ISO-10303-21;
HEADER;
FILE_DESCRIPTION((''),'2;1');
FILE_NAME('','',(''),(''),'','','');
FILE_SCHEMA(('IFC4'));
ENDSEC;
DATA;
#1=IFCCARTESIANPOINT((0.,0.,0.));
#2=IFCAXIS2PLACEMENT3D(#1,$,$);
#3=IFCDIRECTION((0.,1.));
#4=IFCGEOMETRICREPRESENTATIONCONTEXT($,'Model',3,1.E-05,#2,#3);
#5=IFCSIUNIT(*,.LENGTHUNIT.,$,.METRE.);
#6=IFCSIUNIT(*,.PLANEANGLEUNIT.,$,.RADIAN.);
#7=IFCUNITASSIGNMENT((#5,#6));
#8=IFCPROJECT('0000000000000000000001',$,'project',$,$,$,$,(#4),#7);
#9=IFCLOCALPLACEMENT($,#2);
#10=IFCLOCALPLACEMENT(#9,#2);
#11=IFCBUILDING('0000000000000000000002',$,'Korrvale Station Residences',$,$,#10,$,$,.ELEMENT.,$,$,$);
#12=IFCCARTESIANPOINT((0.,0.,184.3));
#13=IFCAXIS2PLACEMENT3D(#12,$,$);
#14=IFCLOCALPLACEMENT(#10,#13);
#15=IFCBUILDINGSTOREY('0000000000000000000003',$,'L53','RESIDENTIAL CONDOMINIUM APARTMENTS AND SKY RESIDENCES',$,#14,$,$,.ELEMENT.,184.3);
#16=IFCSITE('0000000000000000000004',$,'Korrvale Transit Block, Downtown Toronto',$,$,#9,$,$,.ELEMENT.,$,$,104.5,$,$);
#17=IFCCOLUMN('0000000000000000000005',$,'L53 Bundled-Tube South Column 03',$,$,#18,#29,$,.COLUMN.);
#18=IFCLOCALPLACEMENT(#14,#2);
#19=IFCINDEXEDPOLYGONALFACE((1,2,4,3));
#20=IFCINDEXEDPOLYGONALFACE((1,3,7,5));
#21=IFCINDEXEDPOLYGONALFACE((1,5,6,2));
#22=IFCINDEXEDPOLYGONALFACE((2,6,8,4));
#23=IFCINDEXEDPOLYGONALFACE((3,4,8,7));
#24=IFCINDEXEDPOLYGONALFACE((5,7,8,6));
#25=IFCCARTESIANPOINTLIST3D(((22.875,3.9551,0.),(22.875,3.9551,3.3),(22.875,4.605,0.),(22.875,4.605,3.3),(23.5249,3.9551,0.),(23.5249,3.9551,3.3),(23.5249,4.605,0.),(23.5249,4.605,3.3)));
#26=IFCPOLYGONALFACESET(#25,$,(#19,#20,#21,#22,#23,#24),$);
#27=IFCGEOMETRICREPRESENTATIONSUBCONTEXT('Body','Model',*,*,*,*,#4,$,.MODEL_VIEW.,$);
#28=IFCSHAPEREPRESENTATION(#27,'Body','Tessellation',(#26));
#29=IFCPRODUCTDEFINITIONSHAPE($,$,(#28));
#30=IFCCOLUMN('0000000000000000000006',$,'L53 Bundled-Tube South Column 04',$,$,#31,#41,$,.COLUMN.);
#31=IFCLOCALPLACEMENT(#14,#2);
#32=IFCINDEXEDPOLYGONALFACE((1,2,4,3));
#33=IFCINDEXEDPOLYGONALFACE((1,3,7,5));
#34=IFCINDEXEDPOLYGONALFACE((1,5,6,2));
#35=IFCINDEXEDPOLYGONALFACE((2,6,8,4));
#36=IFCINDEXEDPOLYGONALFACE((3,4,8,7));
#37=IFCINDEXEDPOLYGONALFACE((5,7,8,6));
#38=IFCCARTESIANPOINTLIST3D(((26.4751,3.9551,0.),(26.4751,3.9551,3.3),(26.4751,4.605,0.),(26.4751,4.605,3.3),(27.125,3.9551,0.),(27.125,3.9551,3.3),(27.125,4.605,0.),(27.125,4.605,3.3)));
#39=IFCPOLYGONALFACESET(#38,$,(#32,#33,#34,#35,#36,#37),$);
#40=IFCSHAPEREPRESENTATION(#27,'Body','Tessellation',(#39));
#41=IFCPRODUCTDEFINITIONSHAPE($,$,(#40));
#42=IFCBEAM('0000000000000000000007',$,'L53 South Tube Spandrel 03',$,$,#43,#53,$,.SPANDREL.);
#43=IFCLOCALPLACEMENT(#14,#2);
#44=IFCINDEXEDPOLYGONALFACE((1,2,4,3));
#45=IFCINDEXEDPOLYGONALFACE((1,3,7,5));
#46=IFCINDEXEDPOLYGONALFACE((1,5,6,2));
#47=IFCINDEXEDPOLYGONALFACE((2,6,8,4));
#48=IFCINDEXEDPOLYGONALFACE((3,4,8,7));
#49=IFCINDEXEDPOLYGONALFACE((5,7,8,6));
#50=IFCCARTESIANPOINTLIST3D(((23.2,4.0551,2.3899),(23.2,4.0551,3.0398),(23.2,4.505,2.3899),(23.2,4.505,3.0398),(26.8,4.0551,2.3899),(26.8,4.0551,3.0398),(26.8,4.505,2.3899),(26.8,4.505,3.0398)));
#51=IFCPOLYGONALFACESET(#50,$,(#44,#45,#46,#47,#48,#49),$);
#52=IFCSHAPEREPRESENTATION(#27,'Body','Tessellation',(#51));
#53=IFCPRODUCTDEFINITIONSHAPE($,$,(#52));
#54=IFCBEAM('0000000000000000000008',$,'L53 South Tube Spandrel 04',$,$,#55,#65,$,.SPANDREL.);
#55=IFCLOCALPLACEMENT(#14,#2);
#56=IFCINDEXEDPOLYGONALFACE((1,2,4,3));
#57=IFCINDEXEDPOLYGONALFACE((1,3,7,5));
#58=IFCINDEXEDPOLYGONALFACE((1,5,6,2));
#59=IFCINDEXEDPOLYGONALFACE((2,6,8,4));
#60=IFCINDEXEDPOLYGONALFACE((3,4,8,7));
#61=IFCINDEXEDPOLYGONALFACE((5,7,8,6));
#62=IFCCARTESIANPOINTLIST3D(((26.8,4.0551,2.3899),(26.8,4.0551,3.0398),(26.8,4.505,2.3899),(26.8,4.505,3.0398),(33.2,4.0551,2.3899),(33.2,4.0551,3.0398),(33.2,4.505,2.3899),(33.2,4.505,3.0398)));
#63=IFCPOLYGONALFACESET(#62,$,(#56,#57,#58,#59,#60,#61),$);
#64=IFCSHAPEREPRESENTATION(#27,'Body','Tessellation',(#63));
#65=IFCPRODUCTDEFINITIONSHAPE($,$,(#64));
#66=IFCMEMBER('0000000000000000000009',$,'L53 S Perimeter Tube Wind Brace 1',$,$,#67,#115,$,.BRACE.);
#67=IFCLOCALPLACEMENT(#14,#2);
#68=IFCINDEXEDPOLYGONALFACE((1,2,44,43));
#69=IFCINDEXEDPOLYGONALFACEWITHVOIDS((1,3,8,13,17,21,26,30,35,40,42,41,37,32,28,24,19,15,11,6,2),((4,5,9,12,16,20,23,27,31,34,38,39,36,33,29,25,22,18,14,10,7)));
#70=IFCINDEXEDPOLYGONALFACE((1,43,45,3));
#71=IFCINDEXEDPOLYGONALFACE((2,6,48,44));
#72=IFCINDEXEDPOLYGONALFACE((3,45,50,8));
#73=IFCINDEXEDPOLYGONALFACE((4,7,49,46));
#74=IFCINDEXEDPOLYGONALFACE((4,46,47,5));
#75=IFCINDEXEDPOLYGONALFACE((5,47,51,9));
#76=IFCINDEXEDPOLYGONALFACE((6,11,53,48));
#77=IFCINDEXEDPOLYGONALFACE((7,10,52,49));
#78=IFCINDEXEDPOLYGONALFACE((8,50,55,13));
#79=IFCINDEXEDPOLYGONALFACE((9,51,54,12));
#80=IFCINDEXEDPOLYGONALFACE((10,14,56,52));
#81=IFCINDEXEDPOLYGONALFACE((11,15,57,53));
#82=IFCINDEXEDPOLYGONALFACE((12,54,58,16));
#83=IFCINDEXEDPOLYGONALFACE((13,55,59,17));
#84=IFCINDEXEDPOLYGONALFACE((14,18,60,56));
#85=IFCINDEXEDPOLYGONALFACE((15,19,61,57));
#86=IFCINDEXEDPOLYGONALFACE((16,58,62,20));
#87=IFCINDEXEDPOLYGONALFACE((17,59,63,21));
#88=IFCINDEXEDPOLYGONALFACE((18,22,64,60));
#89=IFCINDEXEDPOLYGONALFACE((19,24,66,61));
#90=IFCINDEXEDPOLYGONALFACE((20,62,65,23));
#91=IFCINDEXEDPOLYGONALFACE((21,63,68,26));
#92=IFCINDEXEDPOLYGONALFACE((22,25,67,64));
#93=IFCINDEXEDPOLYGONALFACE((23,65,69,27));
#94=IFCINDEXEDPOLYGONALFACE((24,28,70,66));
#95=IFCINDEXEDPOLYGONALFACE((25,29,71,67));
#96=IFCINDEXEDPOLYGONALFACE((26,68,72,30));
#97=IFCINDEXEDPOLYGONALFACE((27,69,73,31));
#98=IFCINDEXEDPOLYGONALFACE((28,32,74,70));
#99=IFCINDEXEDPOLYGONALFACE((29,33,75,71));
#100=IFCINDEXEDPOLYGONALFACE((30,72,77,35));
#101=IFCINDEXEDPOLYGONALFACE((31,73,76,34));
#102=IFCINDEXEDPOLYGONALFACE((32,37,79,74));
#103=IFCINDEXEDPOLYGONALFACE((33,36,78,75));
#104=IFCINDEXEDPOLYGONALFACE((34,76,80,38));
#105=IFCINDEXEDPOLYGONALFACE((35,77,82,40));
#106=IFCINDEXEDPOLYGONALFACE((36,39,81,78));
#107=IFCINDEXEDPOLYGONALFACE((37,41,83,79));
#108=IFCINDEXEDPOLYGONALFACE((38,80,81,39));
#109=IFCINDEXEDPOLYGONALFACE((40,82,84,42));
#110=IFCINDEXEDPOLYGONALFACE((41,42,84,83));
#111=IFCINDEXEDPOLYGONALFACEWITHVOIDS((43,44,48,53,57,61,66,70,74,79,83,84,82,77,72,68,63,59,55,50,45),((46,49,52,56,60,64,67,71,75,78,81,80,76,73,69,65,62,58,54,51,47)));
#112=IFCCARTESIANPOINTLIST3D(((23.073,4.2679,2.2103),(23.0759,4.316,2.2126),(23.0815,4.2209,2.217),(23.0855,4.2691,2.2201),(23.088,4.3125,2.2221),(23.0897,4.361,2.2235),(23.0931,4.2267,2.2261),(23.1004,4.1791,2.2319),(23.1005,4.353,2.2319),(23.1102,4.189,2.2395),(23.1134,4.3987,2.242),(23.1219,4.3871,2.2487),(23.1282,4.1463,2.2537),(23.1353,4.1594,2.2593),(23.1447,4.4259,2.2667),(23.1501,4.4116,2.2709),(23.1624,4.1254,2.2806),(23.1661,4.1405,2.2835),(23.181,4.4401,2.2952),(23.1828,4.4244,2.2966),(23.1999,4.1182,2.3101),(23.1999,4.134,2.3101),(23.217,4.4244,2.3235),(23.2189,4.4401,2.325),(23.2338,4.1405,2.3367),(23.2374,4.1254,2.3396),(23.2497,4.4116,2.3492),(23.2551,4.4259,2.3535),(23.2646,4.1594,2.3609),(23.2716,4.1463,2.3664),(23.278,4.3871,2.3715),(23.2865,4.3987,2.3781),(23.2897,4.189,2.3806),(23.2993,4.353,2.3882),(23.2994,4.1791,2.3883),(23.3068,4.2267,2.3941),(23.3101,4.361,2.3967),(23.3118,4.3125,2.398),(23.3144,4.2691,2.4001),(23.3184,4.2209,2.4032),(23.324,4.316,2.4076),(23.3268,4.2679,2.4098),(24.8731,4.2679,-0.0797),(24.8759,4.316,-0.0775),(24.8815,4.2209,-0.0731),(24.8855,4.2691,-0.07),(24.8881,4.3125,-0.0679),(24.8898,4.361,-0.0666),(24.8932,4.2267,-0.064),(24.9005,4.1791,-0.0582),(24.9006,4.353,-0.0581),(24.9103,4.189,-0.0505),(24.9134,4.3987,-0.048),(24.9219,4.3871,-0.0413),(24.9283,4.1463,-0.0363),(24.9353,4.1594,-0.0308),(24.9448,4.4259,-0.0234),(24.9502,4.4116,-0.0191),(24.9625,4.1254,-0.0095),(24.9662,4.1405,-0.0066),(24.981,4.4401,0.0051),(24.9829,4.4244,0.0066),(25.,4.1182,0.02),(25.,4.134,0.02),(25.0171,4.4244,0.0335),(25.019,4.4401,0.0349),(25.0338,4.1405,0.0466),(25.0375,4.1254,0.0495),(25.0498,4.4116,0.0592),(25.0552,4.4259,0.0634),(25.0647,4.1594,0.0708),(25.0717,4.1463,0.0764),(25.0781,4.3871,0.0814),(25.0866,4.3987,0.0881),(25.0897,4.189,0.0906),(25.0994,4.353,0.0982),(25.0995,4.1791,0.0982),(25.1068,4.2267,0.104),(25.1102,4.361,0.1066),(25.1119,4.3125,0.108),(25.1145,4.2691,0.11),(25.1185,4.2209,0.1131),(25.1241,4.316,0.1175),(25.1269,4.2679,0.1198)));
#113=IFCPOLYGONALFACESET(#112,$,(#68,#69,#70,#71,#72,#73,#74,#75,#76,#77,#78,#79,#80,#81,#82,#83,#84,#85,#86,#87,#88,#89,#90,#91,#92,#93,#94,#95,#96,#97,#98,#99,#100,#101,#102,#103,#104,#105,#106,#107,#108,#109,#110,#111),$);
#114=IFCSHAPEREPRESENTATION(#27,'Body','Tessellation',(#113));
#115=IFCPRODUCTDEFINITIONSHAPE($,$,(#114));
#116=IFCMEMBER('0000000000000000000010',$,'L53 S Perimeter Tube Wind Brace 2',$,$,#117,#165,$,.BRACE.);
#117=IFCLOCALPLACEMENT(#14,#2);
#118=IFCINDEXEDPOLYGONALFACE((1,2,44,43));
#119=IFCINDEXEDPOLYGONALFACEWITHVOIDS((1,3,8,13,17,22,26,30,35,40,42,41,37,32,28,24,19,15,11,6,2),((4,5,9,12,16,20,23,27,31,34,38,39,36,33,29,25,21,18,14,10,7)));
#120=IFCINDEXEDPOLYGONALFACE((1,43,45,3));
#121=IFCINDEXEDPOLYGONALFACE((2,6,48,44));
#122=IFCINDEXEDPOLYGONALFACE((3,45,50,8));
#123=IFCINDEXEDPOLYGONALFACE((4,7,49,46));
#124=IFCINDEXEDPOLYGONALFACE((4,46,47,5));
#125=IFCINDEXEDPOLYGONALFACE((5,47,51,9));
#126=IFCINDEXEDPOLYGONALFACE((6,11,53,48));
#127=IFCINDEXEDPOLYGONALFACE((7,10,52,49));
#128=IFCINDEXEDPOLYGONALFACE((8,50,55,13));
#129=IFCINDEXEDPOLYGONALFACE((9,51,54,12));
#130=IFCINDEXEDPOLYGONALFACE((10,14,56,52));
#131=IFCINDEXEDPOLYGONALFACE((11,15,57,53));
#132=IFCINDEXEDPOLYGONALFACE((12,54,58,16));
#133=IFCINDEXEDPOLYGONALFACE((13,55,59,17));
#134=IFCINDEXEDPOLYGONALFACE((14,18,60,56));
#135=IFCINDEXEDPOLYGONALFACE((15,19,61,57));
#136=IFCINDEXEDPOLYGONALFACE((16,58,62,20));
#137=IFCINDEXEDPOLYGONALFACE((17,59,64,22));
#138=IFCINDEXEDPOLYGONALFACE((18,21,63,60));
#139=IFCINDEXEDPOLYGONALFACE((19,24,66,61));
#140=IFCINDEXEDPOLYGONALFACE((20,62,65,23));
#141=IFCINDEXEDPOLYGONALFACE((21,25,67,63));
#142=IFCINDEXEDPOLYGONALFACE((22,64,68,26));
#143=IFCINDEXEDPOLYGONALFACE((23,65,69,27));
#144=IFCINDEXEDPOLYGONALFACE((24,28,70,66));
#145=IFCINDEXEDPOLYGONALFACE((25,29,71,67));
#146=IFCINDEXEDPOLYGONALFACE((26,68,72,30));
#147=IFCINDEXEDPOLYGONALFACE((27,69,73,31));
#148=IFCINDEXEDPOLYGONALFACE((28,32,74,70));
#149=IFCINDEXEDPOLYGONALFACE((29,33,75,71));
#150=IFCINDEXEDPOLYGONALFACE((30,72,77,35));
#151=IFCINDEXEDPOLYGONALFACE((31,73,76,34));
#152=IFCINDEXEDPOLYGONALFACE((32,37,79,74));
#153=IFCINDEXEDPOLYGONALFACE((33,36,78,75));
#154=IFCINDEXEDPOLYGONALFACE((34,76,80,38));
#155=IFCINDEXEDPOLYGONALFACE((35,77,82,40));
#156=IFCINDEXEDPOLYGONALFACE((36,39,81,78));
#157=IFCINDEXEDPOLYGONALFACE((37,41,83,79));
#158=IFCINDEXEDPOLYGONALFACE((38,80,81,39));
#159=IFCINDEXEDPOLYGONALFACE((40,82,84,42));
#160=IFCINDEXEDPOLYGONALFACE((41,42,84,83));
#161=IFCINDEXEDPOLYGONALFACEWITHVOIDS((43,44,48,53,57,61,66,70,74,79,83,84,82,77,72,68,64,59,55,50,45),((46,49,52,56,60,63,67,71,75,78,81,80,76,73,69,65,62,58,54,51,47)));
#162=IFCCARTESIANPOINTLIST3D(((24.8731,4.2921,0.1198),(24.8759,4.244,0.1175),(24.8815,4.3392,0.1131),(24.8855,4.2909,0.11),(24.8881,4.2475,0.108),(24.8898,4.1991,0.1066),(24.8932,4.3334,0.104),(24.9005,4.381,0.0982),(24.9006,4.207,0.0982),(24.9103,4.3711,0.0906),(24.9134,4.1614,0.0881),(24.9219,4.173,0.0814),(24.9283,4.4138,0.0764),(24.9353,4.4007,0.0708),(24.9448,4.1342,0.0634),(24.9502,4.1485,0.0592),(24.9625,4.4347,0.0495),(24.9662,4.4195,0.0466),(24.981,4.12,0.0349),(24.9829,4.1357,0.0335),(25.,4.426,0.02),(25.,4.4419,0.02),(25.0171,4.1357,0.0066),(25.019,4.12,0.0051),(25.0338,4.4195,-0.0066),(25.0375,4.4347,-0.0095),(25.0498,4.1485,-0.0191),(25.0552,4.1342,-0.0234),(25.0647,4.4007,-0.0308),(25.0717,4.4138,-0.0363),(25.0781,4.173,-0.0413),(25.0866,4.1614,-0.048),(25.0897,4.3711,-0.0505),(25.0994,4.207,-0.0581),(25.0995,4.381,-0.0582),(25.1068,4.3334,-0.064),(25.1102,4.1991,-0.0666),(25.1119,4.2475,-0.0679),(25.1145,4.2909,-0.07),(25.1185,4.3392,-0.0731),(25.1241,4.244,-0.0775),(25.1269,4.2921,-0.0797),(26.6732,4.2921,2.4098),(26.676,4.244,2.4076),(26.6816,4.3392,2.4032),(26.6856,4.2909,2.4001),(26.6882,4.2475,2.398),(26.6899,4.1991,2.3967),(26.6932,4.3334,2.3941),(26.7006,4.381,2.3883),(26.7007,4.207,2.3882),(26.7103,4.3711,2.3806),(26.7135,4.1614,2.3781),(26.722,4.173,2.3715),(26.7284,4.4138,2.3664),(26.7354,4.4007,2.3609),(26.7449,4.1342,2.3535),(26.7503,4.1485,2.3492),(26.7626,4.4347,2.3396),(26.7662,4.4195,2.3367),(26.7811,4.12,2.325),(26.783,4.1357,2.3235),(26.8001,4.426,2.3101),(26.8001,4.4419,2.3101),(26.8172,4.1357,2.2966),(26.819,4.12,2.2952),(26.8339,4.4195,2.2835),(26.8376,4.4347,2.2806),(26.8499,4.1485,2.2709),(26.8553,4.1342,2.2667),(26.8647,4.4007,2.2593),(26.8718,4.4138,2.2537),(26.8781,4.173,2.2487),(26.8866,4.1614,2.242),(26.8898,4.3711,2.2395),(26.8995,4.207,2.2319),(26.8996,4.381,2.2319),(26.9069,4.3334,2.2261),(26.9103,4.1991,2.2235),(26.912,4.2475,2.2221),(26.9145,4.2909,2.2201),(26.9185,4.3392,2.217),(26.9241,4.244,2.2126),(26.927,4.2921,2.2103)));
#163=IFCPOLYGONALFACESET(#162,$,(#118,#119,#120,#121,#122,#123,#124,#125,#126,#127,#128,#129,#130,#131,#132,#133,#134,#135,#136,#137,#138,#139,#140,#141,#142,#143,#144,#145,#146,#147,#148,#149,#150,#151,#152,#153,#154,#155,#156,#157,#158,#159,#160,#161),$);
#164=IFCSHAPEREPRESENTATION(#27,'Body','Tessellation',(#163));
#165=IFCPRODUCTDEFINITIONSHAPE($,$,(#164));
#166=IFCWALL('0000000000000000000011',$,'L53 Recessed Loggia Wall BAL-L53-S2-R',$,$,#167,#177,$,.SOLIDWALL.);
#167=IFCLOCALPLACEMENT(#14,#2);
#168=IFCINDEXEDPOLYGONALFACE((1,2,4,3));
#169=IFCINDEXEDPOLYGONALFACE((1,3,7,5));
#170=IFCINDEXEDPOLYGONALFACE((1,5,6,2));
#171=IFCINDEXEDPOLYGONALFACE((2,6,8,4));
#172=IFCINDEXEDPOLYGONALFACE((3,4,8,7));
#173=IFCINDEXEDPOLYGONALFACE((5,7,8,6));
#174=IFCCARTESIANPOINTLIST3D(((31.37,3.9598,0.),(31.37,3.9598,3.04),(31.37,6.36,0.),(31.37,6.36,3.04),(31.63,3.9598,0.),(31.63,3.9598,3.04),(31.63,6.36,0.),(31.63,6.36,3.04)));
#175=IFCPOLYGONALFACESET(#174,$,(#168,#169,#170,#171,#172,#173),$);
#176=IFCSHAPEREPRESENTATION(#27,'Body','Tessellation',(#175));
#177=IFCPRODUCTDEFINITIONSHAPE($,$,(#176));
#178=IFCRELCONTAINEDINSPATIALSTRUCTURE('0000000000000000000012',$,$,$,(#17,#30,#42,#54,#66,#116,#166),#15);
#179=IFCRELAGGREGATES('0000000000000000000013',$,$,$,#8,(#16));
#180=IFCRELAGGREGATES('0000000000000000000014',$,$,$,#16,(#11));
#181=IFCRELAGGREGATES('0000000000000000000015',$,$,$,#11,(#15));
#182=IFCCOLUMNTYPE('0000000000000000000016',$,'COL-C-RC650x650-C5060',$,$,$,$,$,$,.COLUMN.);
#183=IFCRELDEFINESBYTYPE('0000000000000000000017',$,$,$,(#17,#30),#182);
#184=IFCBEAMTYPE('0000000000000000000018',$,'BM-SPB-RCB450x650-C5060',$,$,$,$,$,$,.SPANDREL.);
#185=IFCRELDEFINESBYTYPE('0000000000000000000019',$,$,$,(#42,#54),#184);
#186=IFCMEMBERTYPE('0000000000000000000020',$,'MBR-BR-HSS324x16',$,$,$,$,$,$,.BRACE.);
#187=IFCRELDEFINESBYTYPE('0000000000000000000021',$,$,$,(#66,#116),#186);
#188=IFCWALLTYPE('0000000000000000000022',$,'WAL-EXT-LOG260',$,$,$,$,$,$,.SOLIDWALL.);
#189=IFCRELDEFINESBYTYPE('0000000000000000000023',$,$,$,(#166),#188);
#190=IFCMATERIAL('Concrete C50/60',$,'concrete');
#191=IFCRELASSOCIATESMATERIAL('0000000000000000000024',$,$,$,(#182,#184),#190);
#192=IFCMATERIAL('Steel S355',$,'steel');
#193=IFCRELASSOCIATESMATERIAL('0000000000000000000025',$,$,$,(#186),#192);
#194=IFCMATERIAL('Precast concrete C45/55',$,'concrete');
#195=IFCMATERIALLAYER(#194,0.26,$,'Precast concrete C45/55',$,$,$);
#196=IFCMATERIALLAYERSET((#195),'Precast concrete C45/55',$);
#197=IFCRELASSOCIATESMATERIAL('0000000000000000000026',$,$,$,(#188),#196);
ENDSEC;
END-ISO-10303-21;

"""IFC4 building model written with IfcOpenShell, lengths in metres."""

from ifc_helpers import new_model, si_unit, direction, frame, frame_2d, origin, origin_2d, place, context, subcontext, project, spatial, rectangle, hollow_circle, extrude, material, layer, layer_set, material_profile, profile_set, type_object, element, save


model = new_model("IFC4")

# Units and contexts
model_context = context("Model", 3, precision=1e-05, world=origin(), true_north=direction((0.0, 1.0)))
body_context = subcontext(model_context, "Body", "Model", "MODEL_VIEW")
ifc_project = project(units=[si_unit("LENGTHUNIT", "METRE"), si_unit("PLANEANGLEUNIT", "RADIAN")], contexts=[model_context])

# Site, building, storey
site_placement = place(None, origin())
site = spatial("IfcSite", under=ifc_project, at=site_placement, Name="Korrvale Transit Block, Downtown Toronto", CompositionType="ELEMENT", RefElevation=104.5)
building_placement = place(site_placement, origin())
building = spatial("IfcBuilding", under=site, at=building_placement, Name="Korrvale Station Residences", CompositionType="ELEMENT")
storey_placement = place(building_placement, frame((0.0, 0.0, 184.3)))
storey = spatial("IfcBuildingStorey", under=building, at=storey_placement, Name="L53", Description="RESIDENTIAL CONDOMINIUM APARTMENTS AND SKY RESIDENCES", CompositionType="ELEMENT", Elevation=184.3)

# Columns
ifc_material_1 = material(Name="Concrete C50/60", Category="concrete")
ifc_material_profile_1 = material_profile(ifc_material_1, rectangle(XDim=0.6499, YDim=0.6499, at=origin_2d()), Name="RC650x650")
ifc_profile_set_1 = profile_set([ifc_material_profile_1], Name="Concrete C50/60")
column_type = type_object("IfcColumnType", Name="COL-C-RC650x650-C5060", PredefinedType="COLUMN", material=ifc_profile_set_1)
for number, where, z_axis, x_axis, name in (
    (1, (23.2, 4.28, 0.0), (0.0, 0.0, 1.0), (1.0, 0.0, 0.0), "L53 Bundled-Tube South Column 03"),
    (2, (26.8, 4.28, 0.0), (0.0, 0.0, 1.0), (1.0, 0.0, 0.0), "L53 Bundled-Tube South Column 04"),
):
    element("IfcColumn", number, at=place(storey_placement, frame(where, z_axis=z_axis, x_axis=x_axis)), inside=storey, type_object=column_type, Name=name, PredefinedType="COLUMN", context=body_context, shape_type="SweptSolid", body=[
        extrude(rectangle(XDim=0.6499, YDim=0.6499, at=origin_2d()), origin(), (0.0, 0.0, 1.0), 3.3),
    ])

# Beams
ifc_material_profile_2 = material_profile(ifc_material_1, rectangle(XDim=0.45, YDim=0.6499, at=origin_2d()), Name="RCB450x650")
ifc_profile_set_2 = profile_set([ifc_material_profile_2], Name="Concrete C50/60")
beam_type = type_object("IfcBeamType", Name="BM-SPB-RCB450x650-C5060", PredefinedType="SPANDREL", material=ifc_profile_set_2)
beam_1_placement = place(storey_placement, frame((23.2, 4.28, 2.7148), z_axis=(1.0, 0.0, 0.0), x_axis=(0.0, 1.0, 0.0)))
element("IfcBeam", 3, at=beam_1_placement, inside=storey, type_object=beam_type, Name="L53 South Tube Spandrel 03", PredefinedType="SPANDREL", context=body_context, shape_type="SweptSolid", body=[
    extrude(rectangle(XDim=0.45, YDim=0.6499, at=origin_2d()), origin(), (0.0, 0.0, 1.0), 3.6001),
])
beam_2_placement = place(storey_placement, frame((26.8, 4.28, 2.7148), z_axis=(1.0, 0.0, 0.0), x_axis=(0.0, 1.0, 0.0)))
element("IfcBeam", 4, at=beam_2_placement, inside=storey, type_object=beam_type, Name="L53 South Tube Spandrel 04", PredefinedType="SPANDREL", context=body_context, shape_type="SweptSolid", body=[
    extrude(rectangle(XDim=0.45, YDim=0.6499, at=origin_2d()), origin(), (0.0, 0.0, 1.0), 6.3999),
])

# Members
ifc_material_2 = material(Name="Steel S355", Category="steel")
ifc_material_profile_3 = material_profile(ifc_material_2, hollow_circle(Radius=0.1619, WallThickness=0.0159, at=origin_2d()), Name="HSS324x16")
ifc_profile_set_3 = profile_set([ifc_material_profile_3], Name="Steel S355")
member_type = type_object("IfcMemberType", Name="MBR-BR-HSS324x16", PredefinedType="BRACE", material=ifc_profile_set_3)
for number, where, z_axis, x_axis, name in (
    (5, (25.0, 4.28, 0.02), (-0.617977, 0.0, 0.786196), (0.0, -1.0, 0.0), "L53 S Perimeter Tube Wind Brace 1"),
    (6, (25.0, 4.28, 0.02), (0.617977, 0.0, 0.786196), (0.0, 1.0, 0.0), "L53 S Perimeter Tube Wind Brace 2"),
):
    element("IfcMember", number, at=place(storey_placement, frame(where, z_axis=z_axis, x_axis=x_axis)), inside=storey, type_object=member_type, Name=name, PredefinedType="BRACE", context=body_context, shape_type="SweptSolid", body=[
        extrude(hollow_circle(Radius=0.1619, WallThickness=0.0159, at=origin_2d()), origin(), (0.0, 0.0, 1.0), 2.9128),
    ])

# Wall
ifc_material_3 = material(Name="Precast concrete C45/55", Category="concrete")
ifc_layer_1 = layer(ifc_material_3, 0.26, Name="Precast concrete C45/55")
ifc_layer_set_1 = layer_set([ifc_layer_1], Name="Precast concrete C45/55")
wall_type_1 = type_object("IfcWallType", Name="WAL-EXT-LOG260", PredefinedType="SOLIDWALL", material=ifc_layer_set_1)
wall_1_placement = place(storey_placement, frame((31.5, 6.3601, 0.0), z_axis=(0.0, 0.0, 1.0), x_axis=(0.0, -1.0, 0.0)))
element("IfcWall", 7, at=wall_1_placement, inside=storey, type_object=wall_type_1, Name="L53 Recessed Loggia Wall BAL-L53-S2-R", PredefinedType="SOLIDWALL", context=body_context, shape_type="SweptSolid", body=[
    extrude(rectangle(XDim=2.4001, YDim=0.26, at=frame_2d((1.2002, 0.0))), origin(), (0.0, 0.0, 1.0), 3.04),
])

save(model, "model.ifc")
